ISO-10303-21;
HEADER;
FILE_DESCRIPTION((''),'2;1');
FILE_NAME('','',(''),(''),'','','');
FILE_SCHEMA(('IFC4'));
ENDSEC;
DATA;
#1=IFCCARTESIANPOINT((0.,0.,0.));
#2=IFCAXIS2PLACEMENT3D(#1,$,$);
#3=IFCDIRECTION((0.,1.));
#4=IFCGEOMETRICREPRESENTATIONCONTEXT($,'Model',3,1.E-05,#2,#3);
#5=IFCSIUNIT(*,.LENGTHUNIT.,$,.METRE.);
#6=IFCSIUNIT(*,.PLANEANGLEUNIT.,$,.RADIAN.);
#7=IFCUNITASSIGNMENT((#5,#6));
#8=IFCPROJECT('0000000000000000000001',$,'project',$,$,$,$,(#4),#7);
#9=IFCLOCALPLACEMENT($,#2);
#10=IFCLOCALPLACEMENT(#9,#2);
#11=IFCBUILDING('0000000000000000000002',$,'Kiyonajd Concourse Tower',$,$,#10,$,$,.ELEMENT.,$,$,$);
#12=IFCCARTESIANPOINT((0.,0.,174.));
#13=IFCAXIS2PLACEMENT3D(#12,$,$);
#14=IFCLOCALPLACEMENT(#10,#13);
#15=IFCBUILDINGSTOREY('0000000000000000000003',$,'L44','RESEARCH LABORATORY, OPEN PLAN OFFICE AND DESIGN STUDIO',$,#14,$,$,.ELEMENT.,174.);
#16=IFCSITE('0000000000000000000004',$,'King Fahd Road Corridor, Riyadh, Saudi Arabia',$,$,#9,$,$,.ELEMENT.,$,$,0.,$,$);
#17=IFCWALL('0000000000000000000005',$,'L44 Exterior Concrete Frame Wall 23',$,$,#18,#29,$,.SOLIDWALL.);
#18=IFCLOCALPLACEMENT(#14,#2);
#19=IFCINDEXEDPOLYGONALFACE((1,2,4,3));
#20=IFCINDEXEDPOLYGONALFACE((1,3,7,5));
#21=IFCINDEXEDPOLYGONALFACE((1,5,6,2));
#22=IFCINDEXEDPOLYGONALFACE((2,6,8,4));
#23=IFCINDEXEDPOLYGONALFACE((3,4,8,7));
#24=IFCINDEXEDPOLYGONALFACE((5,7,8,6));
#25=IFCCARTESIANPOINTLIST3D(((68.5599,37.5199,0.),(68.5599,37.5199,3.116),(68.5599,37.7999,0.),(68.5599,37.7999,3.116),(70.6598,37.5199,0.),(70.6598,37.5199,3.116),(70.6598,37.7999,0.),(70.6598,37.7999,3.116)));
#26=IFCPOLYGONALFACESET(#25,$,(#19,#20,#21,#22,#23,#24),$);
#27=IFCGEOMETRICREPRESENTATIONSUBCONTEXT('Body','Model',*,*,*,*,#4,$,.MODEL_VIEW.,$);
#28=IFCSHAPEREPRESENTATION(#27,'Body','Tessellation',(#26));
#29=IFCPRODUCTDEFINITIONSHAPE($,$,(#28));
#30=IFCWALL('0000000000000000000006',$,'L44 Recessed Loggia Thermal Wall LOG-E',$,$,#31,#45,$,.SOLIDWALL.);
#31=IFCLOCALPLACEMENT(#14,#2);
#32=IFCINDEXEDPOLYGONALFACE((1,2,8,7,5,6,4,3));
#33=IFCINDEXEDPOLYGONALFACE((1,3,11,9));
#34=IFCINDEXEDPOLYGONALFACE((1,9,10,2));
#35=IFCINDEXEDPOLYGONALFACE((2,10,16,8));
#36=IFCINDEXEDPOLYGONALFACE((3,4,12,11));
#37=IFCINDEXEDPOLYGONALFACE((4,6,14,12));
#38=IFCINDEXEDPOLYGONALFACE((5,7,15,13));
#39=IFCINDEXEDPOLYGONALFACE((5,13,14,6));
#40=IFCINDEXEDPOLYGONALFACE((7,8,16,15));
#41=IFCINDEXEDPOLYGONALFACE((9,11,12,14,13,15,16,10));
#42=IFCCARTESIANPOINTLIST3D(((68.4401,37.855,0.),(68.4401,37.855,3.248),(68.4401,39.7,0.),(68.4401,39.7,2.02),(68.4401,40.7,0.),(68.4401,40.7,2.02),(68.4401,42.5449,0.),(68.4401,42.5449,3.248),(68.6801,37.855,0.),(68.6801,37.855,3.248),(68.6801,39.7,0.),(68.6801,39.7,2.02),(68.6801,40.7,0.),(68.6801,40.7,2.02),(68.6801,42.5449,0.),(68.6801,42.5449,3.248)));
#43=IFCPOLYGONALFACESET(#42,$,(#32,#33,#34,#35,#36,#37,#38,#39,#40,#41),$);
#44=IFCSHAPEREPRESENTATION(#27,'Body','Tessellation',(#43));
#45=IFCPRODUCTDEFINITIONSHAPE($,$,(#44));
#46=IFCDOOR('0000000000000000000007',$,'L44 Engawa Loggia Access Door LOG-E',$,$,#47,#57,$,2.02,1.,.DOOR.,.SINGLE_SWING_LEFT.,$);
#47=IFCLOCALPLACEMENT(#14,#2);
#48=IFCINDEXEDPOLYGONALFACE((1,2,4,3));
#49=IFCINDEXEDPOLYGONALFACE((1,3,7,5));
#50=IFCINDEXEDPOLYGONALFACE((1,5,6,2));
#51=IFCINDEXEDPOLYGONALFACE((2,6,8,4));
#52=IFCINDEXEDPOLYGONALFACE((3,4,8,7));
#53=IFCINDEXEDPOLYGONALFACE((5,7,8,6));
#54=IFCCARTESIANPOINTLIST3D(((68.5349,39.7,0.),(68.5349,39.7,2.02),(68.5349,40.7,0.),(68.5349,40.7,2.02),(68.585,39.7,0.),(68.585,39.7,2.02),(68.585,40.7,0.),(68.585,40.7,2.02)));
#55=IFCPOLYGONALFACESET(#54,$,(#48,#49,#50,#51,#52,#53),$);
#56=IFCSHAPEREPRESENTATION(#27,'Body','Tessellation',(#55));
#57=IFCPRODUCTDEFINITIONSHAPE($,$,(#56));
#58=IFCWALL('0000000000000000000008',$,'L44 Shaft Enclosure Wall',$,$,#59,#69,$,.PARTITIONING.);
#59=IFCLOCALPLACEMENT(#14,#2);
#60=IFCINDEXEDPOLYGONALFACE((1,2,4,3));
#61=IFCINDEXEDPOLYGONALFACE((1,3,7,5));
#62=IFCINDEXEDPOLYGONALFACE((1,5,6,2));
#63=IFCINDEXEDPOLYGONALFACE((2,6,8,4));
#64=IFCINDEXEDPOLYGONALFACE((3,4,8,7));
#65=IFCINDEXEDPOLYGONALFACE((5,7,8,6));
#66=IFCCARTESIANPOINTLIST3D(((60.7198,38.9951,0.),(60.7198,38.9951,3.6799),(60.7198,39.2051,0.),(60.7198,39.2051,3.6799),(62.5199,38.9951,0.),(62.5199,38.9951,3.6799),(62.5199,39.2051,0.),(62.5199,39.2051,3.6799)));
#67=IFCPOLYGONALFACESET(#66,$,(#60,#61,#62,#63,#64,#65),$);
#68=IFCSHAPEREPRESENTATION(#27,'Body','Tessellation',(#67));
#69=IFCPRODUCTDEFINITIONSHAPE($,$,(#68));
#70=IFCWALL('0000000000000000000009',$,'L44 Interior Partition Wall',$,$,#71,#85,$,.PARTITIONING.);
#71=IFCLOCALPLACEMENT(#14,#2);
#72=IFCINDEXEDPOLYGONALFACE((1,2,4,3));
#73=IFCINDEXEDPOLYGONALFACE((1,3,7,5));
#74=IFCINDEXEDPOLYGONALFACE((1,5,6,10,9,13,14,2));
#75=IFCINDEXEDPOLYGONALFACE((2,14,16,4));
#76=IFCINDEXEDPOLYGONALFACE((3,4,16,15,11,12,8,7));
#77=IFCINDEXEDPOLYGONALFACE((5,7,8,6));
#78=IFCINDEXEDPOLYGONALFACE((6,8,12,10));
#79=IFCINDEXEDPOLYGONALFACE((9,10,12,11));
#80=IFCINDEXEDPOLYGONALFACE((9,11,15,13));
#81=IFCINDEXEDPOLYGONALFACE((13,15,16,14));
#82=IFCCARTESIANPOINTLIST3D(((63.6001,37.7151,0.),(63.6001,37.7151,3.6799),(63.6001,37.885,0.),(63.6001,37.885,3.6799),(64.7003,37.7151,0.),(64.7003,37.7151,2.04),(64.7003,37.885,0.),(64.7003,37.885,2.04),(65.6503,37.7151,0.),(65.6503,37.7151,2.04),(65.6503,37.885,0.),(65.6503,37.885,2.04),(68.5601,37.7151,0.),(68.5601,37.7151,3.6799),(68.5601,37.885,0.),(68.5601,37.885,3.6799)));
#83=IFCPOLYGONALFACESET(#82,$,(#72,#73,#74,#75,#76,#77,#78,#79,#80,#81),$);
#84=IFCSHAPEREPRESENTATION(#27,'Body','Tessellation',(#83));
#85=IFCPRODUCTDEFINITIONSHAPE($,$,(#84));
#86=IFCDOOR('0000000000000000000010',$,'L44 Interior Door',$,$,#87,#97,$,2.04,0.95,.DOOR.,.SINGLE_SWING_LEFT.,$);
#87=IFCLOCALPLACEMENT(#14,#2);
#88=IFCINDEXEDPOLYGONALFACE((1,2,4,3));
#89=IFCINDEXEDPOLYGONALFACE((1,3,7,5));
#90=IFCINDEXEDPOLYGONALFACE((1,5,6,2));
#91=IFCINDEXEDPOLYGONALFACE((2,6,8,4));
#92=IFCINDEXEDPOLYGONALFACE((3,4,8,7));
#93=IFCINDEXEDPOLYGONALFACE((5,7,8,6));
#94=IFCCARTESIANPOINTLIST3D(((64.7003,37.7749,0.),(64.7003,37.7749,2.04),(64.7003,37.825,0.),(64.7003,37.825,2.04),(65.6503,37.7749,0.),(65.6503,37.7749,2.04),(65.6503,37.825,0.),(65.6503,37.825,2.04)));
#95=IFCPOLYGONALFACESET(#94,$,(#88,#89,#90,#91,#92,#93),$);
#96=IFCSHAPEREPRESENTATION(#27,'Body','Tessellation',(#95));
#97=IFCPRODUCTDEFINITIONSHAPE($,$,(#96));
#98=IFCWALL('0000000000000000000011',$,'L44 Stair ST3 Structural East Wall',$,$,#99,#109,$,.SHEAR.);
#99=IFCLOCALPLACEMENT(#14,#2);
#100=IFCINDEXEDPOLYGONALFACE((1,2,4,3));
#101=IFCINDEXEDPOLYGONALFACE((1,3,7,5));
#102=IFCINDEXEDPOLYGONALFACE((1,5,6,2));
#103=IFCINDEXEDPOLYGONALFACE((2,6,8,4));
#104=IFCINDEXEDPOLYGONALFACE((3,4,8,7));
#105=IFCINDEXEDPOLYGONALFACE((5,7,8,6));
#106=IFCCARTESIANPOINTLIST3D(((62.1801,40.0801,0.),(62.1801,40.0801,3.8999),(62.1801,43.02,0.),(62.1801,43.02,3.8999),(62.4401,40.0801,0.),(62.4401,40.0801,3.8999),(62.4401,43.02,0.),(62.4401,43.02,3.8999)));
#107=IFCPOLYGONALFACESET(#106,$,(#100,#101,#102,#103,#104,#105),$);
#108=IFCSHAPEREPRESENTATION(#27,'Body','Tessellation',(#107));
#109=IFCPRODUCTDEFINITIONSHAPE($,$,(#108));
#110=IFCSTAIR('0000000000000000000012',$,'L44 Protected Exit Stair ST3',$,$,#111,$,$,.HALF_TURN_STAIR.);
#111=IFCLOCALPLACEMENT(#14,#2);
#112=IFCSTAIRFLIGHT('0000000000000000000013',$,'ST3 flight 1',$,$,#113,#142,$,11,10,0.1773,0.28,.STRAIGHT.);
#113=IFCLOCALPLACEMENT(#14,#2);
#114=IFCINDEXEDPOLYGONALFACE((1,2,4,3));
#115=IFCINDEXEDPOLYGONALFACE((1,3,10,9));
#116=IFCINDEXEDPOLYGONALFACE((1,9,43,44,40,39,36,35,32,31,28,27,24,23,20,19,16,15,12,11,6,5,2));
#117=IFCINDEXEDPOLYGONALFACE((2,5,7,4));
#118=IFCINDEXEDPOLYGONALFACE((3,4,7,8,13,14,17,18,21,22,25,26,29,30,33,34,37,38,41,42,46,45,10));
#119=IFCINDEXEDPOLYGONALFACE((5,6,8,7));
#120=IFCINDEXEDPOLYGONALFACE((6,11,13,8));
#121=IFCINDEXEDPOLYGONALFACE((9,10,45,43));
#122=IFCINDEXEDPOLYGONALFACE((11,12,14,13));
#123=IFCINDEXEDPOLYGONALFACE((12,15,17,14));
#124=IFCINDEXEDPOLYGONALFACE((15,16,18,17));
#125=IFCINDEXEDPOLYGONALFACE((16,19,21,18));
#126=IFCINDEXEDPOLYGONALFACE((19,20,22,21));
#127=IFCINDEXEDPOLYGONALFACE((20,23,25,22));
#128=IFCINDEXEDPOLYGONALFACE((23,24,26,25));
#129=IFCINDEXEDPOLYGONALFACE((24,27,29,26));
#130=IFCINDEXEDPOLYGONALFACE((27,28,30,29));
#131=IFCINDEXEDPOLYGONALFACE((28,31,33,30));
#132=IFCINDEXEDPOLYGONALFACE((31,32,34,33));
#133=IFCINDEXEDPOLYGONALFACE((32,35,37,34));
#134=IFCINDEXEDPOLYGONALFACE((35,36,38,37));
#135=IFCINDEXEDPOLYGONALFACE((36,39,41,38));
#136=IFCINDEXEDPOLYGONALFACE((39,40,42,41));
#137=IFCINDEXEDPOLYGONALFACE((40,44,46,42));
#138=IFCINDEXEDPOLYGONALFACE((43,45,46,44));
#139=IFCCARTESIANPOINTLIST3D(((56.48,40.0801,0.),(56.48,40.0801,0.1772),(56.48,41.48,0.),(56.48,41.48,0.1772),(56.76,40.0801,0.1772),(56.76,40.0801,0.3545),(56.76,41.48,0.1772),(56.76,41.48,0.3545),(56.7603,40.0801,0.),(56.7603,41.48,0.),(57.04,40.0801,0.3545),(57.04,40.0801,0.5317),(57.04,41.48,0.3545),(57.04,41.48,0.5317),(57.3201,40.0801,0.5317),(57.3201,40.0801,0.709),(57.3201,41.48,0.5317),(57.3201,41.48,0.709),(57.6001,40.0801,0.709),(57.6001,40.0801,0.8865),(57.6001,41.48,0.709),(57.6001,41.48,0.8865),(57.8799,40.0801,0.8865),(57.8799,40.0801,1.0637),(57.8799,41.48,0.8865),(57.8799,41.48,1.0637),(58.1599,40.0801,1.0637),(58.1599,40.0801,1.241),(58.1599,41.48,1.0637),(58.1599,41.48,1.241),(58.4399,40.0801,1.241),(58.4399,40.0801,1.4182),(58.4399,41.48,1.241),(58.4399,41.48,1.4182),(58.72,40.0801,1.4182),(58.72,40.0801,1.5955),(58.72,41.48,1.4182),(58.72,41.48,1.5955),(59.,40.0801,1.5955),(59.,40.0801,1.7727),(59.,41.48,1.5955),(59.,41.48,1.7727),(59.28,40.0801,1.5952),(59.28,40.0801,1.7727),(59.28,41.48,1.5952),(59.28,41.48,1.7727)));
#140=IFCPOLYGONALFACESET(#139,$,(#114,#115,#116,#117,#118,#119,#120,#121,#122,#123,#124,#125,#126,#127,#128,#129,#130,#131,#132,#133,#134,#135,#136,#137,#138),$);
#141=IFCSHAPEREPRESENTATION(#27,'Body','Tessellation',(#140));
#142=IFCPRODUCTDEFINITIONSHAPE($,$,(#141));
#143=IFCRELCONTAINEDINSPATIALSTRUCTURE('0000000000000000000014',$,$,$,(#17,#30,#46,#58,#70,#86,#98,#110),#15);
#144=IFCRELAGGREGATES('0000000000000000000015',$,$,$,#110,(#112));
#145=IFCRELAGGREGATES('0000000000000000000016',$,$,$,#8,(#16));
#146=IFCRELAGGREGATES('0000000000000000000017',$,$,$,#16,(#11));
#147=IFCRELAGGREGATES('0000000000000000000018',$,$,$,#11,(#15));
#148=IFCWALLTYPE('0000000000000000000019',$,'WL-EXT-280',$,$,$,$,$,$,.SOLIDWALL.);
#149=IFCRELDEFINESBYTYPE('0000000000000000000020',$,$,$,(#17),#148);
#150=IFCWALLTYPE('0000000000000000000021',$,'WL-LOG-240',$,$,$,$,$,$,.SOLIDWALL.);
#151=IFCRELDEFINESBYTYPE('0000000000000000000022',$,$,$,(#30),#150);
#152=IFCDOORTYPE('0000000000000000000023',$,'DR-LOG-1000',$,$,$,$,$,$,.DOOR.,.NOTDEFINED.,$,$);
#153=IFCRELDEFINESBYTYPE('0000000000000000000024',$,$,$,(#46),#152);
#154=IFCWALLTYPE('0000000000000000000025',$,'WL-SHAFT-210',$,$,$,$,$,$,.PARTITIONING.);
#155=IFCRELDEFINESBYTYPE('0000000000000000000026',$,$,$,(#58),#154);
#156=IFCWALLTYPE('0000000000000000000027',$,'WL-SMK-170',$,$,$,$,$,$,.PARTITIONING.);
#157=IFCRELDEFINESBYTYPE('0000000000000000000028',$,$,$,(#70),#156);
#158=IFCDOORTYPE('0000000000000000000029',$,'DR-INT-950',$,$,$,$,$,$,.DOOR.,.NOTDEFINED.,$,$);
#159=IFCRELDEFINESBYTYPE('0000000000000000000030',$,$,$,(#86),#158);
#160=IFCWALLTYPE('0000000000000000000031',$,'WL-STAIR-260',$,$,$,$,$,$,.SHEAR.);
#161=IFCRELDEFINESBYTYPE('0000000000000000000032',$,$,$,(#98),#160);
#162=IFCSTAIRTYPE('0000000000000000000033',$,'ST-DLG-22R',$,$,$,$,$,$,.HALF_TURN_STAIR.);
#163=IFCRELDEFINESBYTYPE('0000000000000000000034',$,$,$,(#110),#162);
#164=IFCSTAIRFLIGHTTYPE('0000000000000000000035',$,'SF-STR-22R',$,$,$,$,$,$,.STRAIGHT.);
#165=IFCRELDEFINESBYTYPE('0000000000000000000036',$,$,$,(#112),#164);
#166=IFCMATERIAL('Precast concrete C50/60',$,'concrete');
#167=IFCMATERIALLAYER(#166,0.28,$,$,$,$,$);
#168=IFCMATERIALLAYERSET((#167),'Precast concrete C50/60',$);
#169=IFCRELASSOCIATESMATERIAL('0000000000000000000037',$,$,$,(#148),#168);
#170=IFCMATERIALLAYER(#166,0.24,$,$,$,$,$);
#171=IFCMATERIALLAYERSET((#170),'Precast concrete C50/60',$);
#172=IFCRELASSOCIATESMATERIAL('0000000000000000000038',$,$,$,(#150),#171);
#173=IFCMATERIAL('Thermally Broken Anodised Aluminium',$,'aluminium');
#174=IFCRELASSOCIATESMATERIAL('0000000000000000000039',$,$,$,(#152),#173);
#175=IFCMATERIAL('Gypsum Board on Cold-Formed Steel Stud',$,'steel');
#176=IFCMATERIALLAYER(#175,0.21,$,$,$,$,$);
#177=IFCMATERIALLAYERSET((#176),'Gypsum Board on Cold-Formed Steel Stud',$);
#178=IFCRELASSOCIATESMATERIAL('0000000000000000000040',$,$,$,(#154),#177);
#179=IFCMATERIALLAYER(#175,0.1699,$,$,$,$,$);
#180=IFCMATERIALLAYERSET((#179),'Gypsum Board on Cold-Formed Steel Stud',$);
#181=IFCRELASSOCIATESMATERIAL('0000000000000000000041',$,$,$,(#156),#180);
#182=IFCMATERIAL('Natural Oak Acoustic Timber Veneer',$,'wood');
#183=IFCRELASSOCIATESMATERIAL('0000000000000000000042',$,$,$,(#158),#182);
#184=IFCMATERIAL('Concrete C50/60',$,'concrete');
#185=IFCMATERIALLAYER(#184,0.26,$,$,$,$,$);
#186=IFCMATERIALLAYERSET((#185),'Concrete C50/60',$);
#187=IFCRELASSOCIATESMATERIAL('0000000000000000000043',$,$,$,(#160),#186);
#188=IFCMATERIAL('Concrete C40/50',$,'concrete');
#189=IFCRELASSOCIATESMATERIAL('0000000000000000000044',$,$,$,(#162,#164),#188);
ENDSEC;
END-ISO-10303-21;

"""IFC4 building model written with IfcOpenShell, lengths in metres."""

from ifc_helpers import new_model, si_unit, direction, frame, frame_2d, origin, place, context, subcontext, project, spatial, polyline, rectangle, outline, extrude, material, layer, layer_set, type_object, element, fill, aggregate, save


model = new_model("IFC4")

# Units and contexts
model_context = context("Model", 3, precision=1e-05, world=origin(), true_north=direction((0.0, 1.0)))
body_context = subcontext(model_context, "Body", "Model", "MODEL_VIEW")
ifc_project = project(units=[si_unit("LENGTHUNIT", "METRE"), si_unit("PLANEANGLEUNIT", "RADIAN")], contexts=[model_context])

# Site, building, storey
site_placement = place(None, origin())
site = spatial("IfcSite", under=ifc_project, at=site_placement, Name="King Fahd Road Corridor, Riyadh, Saudi Arabia", CompositionType="ELEMENT", RefElevation=0.0)
building_placement = place(site_placement, origin())
building = spatial("IfcBuilding", under=site, at=building_placement, Name="Kiyonajd Concourse Tower", CompositionType="ELEMENT")
storey_placement = place(building_placement, frame((0.0, 0.0, 174.0)))
storey = spatial("IfcBuildingStorey", under=building, at=storey_placement, Name="L44", Description="RESEARCH LABORATORY, OPEN PLAN OFFICE AND DESIGN STUDIO", CompositionType="ELEMENT", Elevation=174.0)

# Shared definitions
ifc_material_1 = material(Name="Thermally Broken Anodised Aluminium", Category="aluminium")

# Wall
ifc_material_2 = material(Name="Precast concrete C50/60", Category="concrete")
ifc_layer_1 = layer(ifc_material_2, 0.28)
ifc_layer_set_1 = layer_set([ifc_layer_1], Name="Precast concrete C50/60")
wall_type_1 = type_object("IfcWallType", Name="WL-EXT-280", PredefinedType="SOLIDWALL", material=ifc_layer_set_1)
for number, where, z_axis, x_axis, name in (
    (1, (68.5601, 37.6599, 0.0), (0.0, 0.0, 1.0), (1.0, 0.0, 0.0), "L44 Exterior Concrete Frame Wall 23"),
):
    element("IfcWall", number, at=place(storey_placement, frame(where, z_axis=z_axis, x_axis=x_axis)), inside=storey, type_object=wall_type_1, Name=name, PredefinedType="SOLIDWALL", context=body_context, shape_type="SweptSolid", body=[
        extrude(rectangle(XDim=2.0999, YDim=0.28, at=frame_2d((1.0498, 0.0))), origin(), (0.0, 0.0, 1.0), 3.116),
    ])

# Wall, opening, door
ifc_layer_2 = layer(ifc_material_2, 0.24)
ifc_layer_set_2 = layer_set([ifc_layer_2], Name="Precast concrete C50/60")
wall_type_2 = type_object("IfcWallType", Name="WL-LOG-240", PredefinedType="SOLIDWALL", material=ifc_layer_set_2)
wall_1_placement = place(storey_placement, frame((68.5601, 42.5449, 0.0), z_axis=(0.0, 0.0, 1.0), x_axis=(0.0, -1.0, 0.0)))
wall_1 = element("IfcWall", 2, at=wall_1_placement, inside=storey, type_object=wall_type_2, Name="L44 Recessed Loggia Thermal Wall LOG-E", PredefinedType="SOLIDWALL", context=body_context, shape_type="SweptSolid", body=[
    extrude(rectangle(XDim=4.6899, YDim=0.24, at=frame_2d((2.345, 0.0))), origin(), (0.0, 0.0, 1.0), 3.248),
])
opening_1_placement = place(wall_1_placement, frame((1.845, 0.0, 0.0)))
opening_1 = element("IfcOpeningElement", 3, at=opening_1_placement, cuts=wall_1, PredefinedType="OPENING", context=body_context, shape_type="SweptSolid", body=[
    extrude(rectangle(XDim=1.0, YDim=2.02, at=frame_2d((0.5, 1.01))), frame((0.0, 0.1299, 0.0), z_axis=(0.0, -1.0, 0.0), x_axis=(1.0, 0.0, 0.0)), (0.0, 0.0, 1.0), 0.26),
])
door_type_1 = type_object("IfcDoorType", Name="DR-LOG-1000", OperationType="NOTDEFINED", PredefinedType="DOOR", material=ifc_material_1)
door_1_placement = place(opening_1_placement, origin())
door_1 = element("IfcDoor", 4, at=door_1_placement, inside=storey, type_object=door_type_1, Name="L44 Engawa Loggia Access Door LOG-E", OperationType="SINGLE_SWING_LEFT", OverallHeight=2.02, OverallWidth=1.0, PredefinedType="DOOR", context=body_context, shape_type="SweptSolid", body=[
    extrude(rectangle(XDim=1.0, YDim=2.02, at=frame_2d((0.5, 1.01))), frame((0.0, 0.0249, 0.0), z_axis=(0.0, -1.0, 0.0), x_axis=(1.0, 0.0, 0.0)), (0.0, 0.0, 1.0), 0.05),
])
fill(opening_1, door_1)

# Wall
ifc_material_3 = material(Name="Gypsum Board on Cold-Formed Steel Stud", Category="steel")
ifc_layer_3 = layer(ifc_material_3, 0.21)
ifc_layer_set_3 = layer_set([ifc_layer_3], Name="Gypsum Board on Cold-Formed Steel Stud")
wall_type_3 = type_object("IfcWallType", Name="WL-SHAFT-210", PredefinedType="PARTITIONING", material=ifc_layer_set_3)
wall_2_placement = place(storey_placement, frame((60.72, 39.1001, 0.0), z_axis=(0.0, 0.0, 1.0), x_axis=(1.0, 0.0, 0.0)))
element("IfcWall", 5, at=wall_2_placement, inside=storey, type_object=wall_type_3, Name="L44 Shaft Enclosure Wall", PredefinedType="PARTITIONING", context=body_context, shape_type="SweptSolid", body=[
    extrude(rectangle(XDim=1.8, YDim=0.21, at=frame_2d((0.8999, 0.0))), origin(), (0.0, 0.0, 1.0), 3.6799),
])

# Wall, opening, door
ifc_layer_4 = layer(ifc_material_3, 0.1699)
ifc_layer_set_4 = layer_set([ifc_layer_4], Name="Gypsum Board on Cold-Formed Steel Stud")
wall_type_4 = type_object("IfcWallType", Name="WL-SMK-170", PredefinedType="PARTITIONING", material=ifc_layer_set_4)
wall_3_placement = place(storey_placement, frame((63.6001, 37.8, 0.0), z_axis=(0.0, 0.0, 1.0), x_axis=(1.0, 0.0, 0.0)))
wall_3 = element("IfcWall", 6, at=wall_3_placement, inside=storey, type_object=wall_type_4, Name="L44 Interior Partition Wall", PredefinedType="PARTITIONING", context=body_context, shape_type="SweptSolid", body=[
    extrude(rectangle(XDim=4.96, YDim=0.1699, at=frame_2d((2.48, 0.0))), origin(), (0.0, 0.0, 1.0), 3.6799),
])
opening_2_placement = place(wall_3_placement, frame((1.1001, 0.0, 0.0)))
opening_2 = element("IfcOpeningElement", 7, at=opening_2_placement, cuts=wall_3, PredefinedType="OPENING", context=body_context, shape_type="SweptSolid", body=[
    extrude(rectangle(XDim=0.95, YDim=2.04, at=frame_2d((0.4751, 1.02))), frame((0.0, 0.095, 0.0), z_axis=(0.0, -1.0, 0.0), x_axis=(1.0, 0.0, 0.0)), (0.0, 0.0, 1.0), 0.1899),
])
ifc_material_4 = material(Name="Natural Oak Acoustic Timber Veneer", Category="wood")
door_type_2 = type_object("IfcDoorType", Name="DR-INT-950", OperationType="NOTDEFINED", PredefinedType="DOOR", material=ifc_material_4)
door_2_placement = place(opening_2_placement, origin())
door_2 = element("IfcDoor", 8, at=door_2_placement, inside=storey, type_object=door_type_2, Name="L44 Interior Door", OperationType="SINGLE_SWING_LEFT", OverallHeight=2.04, OverallWidth=0.95, PredefinedType="DOOR", context=body_context, shape_type="SweptSolid", body=[
    extrude(rectangle(XDim=0.95, YDim=2.04, at=frame_2d((0.4751, 1.02))), frame((0.0, 0.0249, 0.0), z_axis=(0.0, -1.0, 0.0), x_axis=(1.0, 0.0, 0.0)), (0.0, 0.0, 1.0), 0.05),
])
fill(opening_2, door_2)

# Wall
ifc_material_5 = material(Name="Concrete C50/60", Category="concrete")
ifc_layer_5 = layer(ifc_material_5, 0.26)
ifc_layer_set_5 = layer_set([ifc_layer_5], Name="Concrete C50/60")
wall_type_5 = type_object("IfcWallType", Name="WL-STAIR-260", PredefinedType="SHEAR", material=ifc_layer_set_5)
wall_4_placement = place(storey_placement, frame((62.3101, 40.0801, 0.0), z_axis=(0.0, 0.0, 1.0), x_axis=(0.0, 1.0, 0.0)))
element("IfcWall", 9, at=wall_4_placement, inside=storey, type_object=wall_type_5, Name="L44 Stair ST3 Structural East Wall", PredefinedType="SHEAR", context=body_context, shape_type="SweptSolid", body=[
    extrude(rectangle(XDim=2.9399, YDim=0.26, at=frame_2d((1.47, 0.0))), origin(), (0.0, 0.0, 1.0), 3.8999),
])

# Stair, stair flight
ifc_material_6 = material(Name="Concrete C40/50", Category="concrete")
stair_type = type_object("IfcStairType", Name="ST-DLG-22R", PredefinedType="HALF_TURN_STAIR", material=ifc_material_6)
stair_placement = place(storey_placement, origin())
stair = element("IfcStair", 10, at=stair_placement, inside=storey, type_object=stair_type, Name="L44 Protected Exit Stair ST3", PredefinedType="HALF_TURN_STAIR")
stair_flight_type = type_object("IfcStairFlightType", Name="SF-STR-22R", PredefinedType="STRAIGHT", material=ifc_material_6)
stair_flight_1_placement = place(storey_placement, frame((56.48, 40.78, 0.0), z_axis=(0.0, 0.0, 1.0), x_axis=(1.0, 0.0, 0.0)))
stair_flight_1 = element("IfcStairFlight", 11, at=stair_flight_1_placement, type_object=stair_flight_type, Name="ST3 flight 1", NumberOfRisers=11, NumberOfTreads=10, PredefinedType="STRAIGHT", RiserHeight=0.1773, TreadLength=0.28, context=body_context, shape_type="SweptSolid", body=[
    extrude(outline(polyline([(0.0, 0.0), (0.0, 0.1772), (0.28, 0.1772), (0.28, 0.3545), (0.5601, 0.3545), (0.5601, 0.5317), (0.8401, 0.5317), (0.8401, 0.709), (1.1201, 0.709), (1.1201, 0.8865), (1.3999, 0.8865), (1.3999, 1.0637), (1.6799, 1.0637), (1.6799, 1.241), (1.96, 1.241), (1.96, 1.4182), (2.24, 1.4182), (2.24, 1.5955), (2.52, 1.5955), (2.52, 1.7727), (2.8, 1.7727), (2.8, 1.95), (2.8, 1.5952), (0.2803, 0.0), (0.0, 0.0)])), frame((0.0, 0.7, 0.0), z_axis=(0.0, -1.0, 0.0), x_axis=(1.0, 0.0, 0.0)), (0.0, 0.0, 1.0), 1.3999),
])
aggregate(stair, [stair_flight_1])

save(model, "model.ifc")
